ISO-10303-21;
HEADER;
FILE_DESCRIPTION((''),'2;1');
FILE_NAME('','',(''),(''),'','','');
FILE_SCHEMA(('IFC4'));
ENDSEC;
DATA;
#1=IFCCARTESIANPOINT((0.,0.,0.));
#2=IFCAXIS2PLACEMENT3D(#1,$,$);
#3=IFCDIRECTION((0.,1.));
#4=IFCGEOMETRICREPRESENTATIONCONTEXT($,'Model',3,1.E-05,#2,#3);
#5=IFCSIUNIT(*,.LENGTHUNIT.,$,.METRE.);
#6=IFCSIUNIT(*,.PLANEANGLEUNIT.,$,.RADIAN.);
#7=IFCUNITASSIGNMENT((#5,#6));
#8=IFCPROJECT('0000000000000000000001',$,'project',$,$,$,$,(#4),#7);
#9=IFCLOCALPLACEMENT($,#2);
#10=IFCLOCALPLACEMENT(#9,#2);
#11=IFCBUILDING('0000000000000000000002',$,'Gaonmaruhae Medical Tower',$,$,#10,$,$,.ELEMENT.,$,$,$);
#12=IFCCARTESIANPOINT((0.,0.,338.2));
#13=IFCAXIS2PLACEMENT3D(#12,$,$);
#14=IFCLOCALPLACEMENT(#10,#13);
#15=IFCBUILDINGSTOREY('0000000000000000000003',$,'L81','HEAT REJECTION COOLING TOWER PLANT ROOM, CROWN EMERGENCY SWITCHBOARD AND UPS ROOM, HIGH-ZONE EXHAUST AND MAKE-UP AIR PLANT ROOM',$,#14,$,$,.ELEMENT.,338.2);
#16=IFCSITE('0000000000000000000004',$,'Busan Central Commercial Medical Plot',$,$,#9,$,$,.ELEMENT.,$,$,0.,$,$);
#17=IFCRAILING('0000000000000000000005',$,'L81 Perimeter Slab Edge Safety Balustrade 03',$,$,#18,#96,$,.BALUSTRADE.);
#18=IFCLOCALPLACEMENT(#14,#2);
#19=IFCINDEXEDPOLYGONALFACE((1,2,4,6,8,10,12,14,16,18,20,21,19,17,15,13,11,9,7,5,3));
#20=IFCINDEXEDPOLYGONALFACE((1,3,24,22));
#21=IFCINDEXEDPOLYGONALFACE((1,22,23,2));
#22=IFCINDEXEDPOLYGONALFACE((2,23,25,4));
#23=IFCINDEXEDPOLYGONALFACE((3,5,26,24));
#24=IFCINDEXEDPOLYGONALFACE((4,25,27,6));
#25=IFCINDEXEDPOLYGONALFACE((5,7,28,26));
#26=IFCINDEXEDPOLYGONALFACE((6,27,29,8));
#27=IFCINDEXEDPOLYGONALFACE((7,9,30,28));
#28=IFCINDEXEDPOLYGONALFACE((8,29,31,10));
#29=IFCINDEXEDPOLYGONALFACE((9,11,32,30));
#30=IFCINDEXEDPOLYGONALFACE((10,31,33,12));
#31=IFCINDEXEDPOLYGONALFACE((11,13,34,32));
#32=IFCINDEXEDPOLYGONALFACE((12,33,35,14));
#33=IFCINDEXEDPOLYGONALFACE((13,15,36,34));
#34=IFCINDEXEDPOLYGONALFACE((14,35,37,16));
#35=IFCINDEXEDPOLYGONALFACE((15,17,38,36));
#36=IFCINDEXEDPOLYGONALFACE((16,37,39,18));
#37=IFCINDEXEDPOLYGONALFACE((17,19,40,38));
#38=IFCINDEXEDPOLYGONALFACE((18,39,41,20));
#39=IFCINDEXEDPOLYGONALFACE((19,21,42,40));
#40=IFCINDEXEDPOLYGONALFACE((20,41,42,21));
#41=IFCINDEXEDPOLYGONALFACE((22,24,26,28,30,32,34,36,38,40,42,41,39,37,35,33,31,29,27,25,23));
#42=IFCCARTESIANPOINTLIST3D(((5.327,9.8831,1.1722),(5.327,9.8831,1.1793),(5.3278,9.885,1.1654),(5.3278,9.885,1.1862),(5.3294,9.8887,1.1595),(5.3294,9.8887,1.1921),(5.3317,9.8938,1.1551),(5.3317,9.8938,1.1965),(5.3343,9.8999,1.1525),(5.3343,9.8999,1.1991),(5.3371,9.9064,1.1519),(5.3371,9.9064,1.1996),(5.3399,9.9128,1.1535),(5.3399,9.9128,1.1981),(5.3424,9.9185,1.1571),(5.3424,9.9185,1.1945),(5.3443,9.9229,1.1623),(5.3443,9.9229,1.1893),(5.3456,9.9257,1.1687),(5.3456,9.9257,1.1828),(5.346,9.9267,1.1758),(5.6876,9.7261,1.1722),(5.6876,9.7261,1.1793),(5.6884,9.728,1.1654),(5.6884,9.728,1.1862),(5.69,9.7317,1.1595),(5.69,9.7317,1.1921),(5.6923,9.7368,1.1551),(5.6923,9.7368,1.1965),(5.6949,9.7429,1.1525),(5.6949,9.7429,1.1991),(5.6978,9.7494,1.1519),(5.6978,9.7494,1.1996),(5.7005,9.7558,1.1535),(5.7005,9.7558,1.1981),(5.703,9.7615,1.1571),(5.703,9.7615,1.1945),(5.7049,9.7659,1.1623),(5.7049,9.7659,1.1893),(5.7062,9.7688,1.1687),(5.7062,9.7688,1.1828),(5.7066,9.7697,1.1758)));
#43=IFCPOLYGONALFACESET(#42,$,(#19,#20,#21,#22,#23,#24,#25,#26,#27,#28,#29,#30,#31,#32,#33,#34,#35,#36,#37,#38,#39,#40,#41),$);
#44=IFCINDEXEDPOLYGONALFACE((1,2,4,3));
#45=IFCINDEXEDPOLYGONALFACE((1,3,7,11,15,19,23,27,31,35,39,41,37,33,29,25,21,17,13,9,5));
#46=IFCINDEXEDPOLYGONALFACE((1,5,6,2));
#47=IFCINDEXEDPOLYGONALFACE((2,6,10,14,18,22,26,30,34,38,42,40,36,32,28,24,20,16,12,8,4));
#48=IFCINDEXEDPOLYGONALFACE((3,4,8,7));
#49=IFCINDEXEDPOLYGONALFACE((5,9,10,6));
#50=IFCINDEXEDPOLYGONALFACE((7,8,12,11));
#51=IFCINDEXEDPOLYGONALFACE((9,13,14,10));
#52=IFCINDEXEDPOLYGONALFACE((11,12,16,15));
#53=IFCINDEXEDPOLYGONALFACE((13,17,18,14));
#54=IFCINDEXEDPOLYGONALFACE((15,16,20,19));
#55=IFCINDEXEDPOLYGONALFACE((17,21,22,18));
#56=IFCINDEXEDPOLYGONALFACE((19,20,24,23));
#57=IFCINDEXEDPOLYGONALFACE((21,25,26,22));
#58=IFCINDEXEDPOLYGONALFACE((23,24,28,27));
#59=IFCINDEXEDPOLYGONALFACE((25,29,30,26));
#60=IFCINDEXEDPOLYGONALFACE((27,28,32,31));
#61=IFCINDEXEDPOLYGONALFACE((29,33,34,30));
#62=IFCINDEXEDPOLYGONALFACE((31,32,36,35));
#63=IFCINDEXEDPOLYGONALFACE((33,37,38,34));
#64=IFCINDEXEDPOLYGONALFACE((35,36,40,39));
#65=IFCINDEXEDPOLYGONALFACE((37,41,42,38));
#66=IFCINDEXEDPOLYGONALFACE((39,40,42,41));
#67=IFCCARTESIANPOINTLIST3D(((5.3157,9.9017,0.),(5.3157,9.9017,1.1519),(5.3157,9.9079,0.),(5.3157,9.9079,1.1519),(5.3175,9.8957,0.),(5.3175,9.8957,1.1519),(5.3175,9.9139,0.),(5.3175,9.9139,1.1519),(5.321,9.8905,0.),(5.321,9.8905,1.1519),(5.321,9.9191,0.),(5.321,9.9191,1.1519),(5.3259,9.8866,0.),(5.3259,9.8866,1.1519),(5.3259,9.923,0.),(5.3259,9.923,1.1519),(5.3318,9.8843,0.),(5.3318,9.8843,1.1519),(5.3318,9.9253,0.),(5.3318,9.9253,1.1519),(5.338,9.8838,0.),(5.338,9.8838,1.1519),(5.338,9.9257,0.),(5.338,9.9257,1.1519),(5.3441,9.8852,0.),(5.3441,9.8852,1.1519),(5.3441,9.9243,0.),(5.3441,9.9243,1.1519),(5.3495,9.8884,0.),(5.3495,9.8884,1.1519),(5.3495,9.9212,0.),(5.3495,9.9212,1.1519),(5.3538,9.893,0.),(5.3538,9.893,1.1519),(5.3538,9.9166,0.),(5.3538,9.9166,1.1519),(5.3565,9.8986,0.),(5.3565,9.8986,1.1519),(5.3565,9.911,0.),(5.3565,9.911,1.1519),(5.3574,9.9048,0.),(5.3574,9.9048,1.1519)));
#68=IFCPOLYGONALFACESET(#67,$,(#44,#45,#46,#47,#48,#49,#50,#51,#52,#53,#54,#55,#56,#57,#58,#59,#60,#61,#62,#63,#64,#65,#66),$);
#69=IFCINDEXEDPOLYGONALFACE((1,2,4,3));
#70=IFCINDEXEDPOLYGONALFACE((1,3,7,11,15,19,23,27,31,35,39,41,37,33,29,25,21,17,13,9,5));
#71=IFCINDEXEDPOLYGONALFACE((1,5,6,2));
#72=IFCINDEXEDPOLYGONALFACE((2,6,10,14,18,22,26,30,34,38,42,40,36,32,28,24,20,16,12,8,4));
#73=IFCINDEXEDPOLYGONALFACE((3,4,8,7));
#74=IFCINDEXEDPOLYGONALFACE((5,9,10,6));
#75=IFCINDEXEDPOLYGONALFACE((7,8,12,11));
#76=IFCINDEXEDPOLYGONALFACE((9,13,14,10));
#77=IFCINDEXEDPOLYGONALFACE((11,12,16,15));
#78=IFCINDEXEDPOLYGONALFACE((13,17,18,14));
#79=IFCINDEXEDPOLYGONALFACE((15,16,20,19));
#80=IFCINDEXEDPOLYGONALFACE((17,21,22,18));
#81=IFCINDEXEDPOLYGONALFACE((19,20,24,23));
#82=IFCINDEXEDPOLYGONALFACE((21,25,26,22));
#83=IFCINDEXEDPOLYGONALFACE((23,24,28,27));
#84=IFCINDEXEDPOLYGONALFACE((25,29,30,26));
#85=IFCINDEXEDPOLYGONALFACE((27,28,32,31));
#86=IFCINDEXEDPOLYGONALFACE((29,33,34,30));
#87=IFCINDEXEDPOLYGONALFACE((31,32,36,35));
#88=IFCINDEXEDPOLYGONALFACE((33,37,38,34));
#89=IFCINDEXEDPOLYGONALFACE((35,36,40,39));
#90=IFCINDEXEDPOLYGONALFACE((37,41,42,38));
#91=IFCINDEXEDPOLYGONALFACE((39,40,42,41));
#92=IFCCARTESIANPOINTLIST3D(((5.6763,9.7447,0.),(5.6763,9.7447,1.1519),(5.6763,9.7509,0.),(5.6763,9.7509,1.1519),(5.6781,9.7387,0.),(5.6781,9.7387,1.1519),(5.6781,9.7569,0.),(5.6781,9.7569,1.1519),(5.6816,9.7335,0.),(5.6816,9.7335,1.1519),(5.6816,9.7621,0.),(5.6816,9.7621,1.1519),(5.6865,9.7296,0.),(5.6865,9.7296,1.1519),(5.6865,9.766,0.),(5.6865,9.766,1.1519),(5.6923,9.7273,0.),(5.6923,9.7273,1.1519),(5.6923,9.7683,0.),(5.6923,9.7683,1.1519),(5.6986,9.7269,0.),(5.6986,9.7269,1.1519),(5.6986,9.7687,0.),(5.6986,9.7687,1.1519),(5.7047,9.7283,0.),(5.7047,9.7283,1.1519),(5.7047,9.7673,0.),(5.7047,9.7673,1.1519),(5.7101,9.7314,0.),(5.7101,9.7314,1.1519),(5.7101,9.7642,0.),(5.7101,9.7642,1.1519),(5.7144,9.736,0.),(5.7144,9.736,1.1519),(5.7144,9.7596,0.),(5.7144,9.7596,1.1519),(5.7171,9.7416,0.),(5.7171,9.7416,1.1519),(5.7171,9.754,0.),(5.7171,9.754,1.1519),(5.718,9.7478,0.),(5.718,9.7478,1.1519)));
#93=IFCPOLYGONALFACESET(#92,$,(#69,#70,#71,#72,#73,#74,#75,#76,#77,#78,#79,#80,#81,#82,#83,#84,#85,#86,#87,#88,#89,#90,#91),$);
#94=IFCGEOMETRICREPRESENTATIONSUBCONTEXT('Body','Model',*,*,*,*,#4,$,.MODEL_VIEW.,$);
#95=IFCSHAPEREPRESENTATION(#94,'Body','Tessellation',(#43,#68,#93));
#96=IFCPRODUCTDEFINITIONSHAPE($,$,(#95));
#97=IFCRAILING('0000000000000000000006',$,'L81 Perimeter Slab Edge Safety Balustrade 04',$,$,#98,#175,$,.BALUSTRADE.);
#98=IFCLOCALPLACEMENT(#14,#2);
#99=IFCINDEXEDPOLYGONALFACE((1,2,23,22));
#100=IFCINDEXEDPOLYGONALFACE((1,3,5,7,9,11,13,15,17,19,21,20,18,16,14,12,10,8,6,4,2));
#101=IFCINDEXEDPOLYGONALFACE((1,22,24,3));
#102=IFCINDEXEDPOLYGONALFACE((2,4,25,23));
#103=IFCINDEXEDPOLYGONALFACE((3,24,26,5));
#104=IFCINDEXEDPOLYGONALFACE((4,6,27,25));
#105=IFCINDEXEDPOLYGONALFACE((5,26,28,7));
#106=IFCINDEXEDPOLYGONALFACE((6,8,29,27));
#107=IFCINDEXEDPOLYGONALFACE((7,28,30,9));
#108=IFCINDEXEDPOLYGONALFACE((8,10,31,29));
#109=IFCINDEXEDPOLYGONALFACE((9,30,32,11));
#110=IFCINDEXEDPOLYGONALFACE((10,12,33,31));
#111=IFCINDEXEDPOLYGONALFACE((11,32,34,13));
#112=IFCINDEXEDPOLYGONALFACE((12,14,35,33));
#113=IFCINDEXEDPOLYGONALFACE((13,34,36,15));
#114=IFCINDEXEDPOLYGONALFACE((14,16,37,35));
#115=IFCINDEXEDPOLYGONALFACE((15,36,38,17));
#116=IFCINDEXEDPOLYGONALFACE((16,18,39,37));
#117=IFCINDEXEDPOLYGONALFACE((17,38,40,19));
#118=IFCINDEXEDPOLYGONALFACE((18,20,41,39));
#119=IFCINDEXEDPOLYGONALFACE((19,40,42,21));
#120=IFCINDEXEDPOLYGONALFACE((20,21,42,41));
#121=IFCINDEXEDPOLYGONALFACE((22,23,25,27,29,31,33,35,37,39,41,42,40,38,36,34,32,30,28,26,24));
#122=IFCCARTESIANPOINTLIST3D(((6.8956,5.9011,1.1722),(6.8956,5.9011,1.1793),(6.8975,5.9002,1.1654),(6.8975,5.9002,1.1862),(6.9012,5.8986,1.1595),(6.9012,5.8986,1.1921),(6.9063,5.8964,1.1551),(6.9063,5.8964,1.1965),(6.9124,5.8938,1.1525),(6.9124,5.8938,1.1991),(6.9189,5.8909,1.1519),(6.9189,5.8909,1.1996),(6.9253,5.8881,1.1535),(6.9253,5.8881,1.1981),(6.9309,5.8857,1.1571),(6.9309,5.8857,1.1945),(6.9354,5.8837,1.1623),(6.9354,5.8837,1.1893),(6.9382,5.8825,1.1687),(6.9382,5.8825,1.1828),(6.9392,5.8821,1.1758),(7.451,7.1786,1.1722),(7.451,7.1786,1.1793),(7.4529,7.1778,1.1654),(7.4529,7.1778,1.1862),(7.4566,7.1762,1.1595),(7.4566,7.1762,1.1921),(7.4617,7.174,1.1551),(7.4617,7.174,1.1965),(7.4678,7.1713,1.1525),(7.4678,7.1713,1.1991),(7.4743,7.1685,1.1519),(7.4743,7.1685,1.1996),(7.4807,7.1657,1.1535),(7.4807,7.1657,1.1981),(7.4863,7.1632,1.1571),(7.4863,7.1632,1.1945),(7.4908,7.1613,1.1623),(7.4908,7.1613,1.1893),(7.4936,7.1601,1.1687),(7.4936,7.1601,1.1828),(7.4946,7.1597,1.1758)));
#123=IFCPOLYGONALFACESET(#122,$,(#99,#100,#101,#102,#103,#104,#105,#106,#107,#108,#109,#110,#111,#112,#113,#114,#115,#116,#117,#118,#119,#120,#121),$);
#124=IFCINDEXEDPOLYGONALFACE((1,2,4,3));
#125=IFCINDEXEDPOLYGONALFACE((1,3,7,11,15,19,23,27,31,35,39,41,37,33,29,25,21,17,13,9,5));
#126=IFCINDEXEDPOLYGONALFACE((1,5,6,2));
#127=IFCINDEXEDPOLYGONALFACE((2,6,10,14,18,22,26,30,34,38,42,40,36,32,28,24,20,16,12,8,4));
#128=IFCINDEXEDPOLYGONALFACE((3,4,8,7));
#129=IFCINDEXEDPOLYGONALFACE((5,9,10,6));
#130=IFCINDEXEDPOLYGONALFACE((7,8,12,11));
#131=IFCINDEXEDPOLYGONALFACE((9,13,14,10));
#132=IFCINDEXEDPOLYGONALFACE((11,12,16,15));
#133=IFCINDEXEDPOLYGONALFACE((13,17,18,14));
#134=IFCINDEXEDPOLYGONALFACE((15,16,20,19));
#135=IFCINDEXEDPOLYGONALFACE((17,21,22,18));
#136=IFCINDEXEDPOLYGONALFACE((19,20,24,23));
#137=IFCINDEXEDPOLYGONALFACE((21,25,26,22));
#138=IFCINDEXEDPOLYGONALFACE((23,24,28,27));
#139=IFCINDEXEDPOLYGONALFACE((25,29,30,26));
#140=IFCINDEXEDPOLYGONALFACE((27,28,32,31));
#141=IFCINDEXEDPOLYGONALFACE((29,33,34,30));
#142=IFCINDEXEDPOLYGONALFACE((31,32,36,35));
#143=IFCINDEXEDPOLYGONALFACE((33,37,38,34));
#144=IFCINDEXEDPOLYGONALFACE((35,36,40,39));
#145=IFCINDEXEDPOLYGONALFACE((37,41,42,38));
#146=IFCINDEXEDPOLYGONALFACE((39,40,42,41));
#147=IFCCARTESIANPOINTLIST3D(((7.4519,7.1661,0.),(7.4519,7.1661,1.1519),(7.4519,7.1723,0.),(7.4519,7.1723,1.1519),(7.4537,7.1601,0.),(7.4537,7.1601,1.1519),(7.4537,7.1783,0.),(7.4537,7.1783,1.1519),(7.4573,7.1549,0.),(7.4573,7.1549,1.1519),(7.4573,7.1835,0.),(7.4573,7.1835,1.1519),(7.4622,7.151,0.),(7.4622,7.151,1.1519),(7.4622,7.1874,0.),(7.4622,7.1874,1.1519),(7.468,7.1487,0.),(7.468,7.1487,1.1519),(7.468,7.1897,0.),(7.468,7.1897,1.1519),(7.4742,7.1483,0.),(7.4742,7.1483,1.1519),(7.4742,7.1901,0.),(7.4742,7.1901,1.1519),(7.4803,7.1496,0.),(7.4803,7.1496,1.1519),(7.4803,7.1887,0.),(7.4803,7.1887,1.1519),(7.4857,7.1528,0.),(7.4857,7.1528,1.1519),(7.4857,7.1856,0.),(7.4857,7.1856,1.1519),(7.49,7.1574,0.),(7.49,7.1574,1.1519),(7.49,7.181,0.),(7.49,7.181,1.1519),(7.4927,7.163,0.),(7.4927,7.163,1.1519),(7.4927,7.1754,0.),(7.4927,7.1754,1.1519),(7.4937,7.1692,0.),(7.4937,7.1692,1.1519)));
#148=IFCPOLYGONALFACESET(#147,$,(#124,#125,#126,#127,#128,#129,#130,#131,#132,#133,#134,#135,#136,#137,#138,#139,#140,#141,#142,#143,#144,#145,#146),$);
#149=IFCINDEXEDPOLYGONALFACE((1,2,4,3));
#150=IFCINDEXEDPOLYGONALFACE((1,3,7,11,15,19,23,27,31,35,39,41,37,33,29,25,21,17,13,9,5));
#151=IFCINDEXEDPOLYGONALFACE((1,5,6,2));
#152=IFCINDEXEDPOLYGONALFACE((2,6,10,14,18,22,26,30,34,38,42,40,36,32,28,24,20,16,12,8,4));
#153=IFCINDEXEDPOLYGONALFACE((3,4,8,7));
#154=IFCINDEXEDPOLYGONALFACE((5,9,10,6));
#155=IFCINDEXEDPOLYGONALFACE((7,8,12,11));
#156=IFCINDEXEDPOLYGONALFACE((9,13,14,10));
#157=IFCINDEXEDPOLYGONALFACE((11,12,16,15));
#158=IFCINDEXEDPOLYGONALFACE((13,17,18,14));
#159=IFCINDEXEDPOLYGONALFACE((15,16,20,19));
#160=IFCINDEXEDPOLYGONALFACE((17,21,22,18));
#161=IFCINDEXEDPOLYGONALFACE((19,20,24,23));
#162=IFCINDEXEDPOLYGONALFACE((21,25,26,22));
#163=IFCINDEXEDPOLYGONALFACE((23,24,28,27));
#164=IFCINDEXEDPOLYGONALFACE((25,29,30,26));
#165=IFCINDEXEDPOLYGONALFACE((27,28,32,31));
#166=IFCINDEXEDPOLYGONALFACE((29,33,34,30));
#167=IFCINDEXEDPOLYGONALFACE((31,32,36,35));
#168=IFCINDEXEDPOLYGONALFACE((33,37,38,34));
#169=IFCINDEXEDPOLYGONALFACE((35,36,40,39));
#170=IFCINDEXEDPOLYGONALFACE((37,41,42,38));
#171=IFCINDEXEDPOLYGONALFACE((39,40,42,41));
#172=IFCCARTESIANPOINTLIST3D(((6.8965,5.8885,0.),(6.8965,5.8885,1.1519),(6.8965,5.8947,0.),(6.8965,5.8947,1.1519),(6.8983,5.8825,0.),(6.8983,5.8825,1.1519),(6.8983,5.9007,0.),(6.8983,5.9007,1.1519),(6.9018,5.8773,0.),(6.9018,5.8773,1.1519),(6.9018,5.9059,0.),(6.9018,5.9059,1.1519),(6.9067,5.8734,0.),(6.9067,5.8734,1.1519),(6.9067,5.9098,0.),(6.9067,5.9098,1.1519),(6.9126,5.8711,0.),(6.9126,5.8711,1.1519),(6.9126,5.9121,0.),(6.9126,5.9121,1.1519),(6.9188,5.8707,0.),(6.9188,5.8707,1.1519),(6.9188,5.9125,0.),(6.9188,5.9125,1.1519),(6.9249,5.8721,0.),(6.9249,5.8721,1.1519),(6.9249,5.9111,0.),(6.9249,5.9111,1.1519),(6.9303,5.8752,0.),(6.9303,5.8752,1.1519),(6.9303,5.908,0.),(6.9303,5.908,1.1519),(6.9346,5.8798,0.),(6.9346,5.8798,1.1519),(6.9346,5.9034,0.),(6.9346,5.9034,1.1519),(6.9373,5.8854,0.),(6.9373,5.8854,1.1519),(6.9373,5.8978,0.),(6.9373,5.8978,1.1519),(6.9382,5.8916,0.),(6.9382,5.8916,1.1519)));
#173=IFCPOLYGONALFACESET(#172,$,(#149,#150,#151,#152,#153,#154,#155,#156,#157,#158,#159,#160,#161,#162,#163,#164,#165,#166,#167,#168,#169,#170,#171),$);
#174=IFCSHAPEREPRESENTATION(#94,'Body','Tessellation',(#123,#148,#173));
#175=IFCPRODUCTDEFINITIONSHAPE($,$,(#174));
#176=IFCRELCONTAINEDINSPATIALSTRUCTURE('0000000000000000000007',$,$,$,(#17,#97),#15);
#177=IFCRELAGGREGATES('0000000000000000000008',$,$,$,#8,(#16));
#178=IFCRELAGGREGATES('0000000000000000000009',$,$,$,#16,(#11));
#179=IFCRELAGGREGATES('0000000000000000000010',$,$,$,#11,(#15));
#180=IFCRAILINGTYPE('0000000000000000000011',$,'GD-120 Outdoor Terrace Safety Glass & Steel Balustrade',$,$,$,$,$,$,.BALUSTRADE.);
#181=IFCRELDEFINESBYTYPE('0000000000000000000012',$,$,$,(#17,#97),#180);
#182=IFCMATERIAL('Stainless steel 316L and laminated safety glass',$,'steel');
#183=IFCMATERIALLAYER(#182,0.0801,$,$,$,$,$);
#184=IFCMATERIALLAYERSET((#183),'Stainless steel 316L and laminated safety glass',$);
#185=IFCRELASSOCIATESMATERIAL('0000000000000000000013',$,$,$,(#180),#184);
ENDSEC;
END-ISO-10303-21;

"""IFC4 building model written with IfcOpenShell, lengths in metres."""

from ifc_helpers import new_model, si_unit, direction, frame, origin, origin_2d, place, context, subcontext, project, spatial, circle, extrude, material, layer, layer_set, type_object, element, save


model = new_model("IFC4")

# Units and contexts
model_context = context("Model", 3, precision=1e-05, world=origin(), true_north=direction((0.0, 1.0)))
body_context = subcontext(model_context, "Body", "Model", "MODEL_VIEW")
ifc_project = project(units=[si_unit("LENGTHUNIT", "METRE"), si_unit("PLANEANGLEUNIT", "RADIAN")], contexts=[model_context])

# Site, building, storey
site_placement = place(None, origin())
site = spatial("IfcSite", under=ifc_project, at=site_placement, Name="Busan Central Commercial Medical Plot", CompositionType="ELEMENT", RefElevation=0.0)
building_placement = place(site_placement, origin())
building = spatial("IfcBuilding", under=site, at=building_placement, Name="Gaonmaruhae Medical Tower", CompositionType="ELEMENT")
storey_placement = place(building_placement, frame((0.0, 0.0, 338.2)))
storey = spatial("IfcBuildingStorey", under=building, at=storey_placement, Name="L81", Description="HEAT REJECTION COOLING TOWER PLANT ROOM, CROWN EMERGENCY SWITCHBOARD AND UPS ROOM, HIGH-ZONE EXHAUST AND MAKE-UP AIR PLANT ROOM", CompositionType="ELEMENT", Elevation=338.2)

# Railings
ifc_material_1 = material(Name="Stainless steel 316L and laminated safety glass", Category="steel")
ifc_layer_1 = layer(ifc_material_1, 0.0801)
ifc_layer_set_1 = layer_set([ifc_layer_1], Name="Stainless steel 316L and laminated safety glass")
railing_type = type_object("IfcRailingType", Name="GD-120 Outdoor Terrace Safety Glass & Steel Balustrade", PredefinedType="BALUSTRADE", material=ifc_layer_set_1)
railing_1_placement = place(storey_placement, frame((5.3364, 9.9048, 0.0)))
element("IfcRailing", 1, at=railing_1_placement, inside=storey, type_object=railing_type, Name="L81 Perimeter Slab Edge Safety Balustrade 03", PredefinedType="BALUSTRADE", context=body_context, shape_type="SweptSolid", body=[
    extrude(circle(Radius=0.0239, at=origin_2d()), frame((0.0, 0.0, 1.1758), z_axis=(0.916882, -0.399157, 0.0), x_axis=(0.399157, 0.916882, 0.0)), (0.0, 0.0, 1.0), 0.3933),
    extrude(circle(Radius=0.021, at=origin_2d()), origin(), (0.0, 0.0, 1.0), 1.1519),
    extrude(circle(Radius=0.021, at=origin_2d()), frame((0.3606, -0.157, 0.0)), (0.0, 0.0, 1.0), 1.1519),
])
railing_2_placement = place(storey_placement, frame((7.4727, 7.1692, 0.0)))
element("IfcRailing", 2, at=railing_2_placement, inside=storey, type_object=railing_type, Name="L81 Perimeter Slab Edge Safety Balustrade 04", PredefinedType="BALUSTRADE", context=body_context, shape_type="SweptSolid", body=[
    extrude(circle(Radius=0.0239, at=origin_2d()), frame((0.0, 0.0, 1.1758), z_axis=(-0.398694, -0.917084, 0.0), x_axis=(0.917084, -0.398694, 0.0)), (0.0, 0.0, 1.0), 1.3931),
    extrude(circle(Radius=0.021, at=origin_2d()), origin(), (0.0, 0.0, 1.0), 1.1519),
    extrude(circle(Radius=0.021, at=origin_2d()), frame((-0.5554, -1.2776, 0.0)), (0.0, 0.0, 1.0), 1.1519),
])

save(model, "model.ifc")
